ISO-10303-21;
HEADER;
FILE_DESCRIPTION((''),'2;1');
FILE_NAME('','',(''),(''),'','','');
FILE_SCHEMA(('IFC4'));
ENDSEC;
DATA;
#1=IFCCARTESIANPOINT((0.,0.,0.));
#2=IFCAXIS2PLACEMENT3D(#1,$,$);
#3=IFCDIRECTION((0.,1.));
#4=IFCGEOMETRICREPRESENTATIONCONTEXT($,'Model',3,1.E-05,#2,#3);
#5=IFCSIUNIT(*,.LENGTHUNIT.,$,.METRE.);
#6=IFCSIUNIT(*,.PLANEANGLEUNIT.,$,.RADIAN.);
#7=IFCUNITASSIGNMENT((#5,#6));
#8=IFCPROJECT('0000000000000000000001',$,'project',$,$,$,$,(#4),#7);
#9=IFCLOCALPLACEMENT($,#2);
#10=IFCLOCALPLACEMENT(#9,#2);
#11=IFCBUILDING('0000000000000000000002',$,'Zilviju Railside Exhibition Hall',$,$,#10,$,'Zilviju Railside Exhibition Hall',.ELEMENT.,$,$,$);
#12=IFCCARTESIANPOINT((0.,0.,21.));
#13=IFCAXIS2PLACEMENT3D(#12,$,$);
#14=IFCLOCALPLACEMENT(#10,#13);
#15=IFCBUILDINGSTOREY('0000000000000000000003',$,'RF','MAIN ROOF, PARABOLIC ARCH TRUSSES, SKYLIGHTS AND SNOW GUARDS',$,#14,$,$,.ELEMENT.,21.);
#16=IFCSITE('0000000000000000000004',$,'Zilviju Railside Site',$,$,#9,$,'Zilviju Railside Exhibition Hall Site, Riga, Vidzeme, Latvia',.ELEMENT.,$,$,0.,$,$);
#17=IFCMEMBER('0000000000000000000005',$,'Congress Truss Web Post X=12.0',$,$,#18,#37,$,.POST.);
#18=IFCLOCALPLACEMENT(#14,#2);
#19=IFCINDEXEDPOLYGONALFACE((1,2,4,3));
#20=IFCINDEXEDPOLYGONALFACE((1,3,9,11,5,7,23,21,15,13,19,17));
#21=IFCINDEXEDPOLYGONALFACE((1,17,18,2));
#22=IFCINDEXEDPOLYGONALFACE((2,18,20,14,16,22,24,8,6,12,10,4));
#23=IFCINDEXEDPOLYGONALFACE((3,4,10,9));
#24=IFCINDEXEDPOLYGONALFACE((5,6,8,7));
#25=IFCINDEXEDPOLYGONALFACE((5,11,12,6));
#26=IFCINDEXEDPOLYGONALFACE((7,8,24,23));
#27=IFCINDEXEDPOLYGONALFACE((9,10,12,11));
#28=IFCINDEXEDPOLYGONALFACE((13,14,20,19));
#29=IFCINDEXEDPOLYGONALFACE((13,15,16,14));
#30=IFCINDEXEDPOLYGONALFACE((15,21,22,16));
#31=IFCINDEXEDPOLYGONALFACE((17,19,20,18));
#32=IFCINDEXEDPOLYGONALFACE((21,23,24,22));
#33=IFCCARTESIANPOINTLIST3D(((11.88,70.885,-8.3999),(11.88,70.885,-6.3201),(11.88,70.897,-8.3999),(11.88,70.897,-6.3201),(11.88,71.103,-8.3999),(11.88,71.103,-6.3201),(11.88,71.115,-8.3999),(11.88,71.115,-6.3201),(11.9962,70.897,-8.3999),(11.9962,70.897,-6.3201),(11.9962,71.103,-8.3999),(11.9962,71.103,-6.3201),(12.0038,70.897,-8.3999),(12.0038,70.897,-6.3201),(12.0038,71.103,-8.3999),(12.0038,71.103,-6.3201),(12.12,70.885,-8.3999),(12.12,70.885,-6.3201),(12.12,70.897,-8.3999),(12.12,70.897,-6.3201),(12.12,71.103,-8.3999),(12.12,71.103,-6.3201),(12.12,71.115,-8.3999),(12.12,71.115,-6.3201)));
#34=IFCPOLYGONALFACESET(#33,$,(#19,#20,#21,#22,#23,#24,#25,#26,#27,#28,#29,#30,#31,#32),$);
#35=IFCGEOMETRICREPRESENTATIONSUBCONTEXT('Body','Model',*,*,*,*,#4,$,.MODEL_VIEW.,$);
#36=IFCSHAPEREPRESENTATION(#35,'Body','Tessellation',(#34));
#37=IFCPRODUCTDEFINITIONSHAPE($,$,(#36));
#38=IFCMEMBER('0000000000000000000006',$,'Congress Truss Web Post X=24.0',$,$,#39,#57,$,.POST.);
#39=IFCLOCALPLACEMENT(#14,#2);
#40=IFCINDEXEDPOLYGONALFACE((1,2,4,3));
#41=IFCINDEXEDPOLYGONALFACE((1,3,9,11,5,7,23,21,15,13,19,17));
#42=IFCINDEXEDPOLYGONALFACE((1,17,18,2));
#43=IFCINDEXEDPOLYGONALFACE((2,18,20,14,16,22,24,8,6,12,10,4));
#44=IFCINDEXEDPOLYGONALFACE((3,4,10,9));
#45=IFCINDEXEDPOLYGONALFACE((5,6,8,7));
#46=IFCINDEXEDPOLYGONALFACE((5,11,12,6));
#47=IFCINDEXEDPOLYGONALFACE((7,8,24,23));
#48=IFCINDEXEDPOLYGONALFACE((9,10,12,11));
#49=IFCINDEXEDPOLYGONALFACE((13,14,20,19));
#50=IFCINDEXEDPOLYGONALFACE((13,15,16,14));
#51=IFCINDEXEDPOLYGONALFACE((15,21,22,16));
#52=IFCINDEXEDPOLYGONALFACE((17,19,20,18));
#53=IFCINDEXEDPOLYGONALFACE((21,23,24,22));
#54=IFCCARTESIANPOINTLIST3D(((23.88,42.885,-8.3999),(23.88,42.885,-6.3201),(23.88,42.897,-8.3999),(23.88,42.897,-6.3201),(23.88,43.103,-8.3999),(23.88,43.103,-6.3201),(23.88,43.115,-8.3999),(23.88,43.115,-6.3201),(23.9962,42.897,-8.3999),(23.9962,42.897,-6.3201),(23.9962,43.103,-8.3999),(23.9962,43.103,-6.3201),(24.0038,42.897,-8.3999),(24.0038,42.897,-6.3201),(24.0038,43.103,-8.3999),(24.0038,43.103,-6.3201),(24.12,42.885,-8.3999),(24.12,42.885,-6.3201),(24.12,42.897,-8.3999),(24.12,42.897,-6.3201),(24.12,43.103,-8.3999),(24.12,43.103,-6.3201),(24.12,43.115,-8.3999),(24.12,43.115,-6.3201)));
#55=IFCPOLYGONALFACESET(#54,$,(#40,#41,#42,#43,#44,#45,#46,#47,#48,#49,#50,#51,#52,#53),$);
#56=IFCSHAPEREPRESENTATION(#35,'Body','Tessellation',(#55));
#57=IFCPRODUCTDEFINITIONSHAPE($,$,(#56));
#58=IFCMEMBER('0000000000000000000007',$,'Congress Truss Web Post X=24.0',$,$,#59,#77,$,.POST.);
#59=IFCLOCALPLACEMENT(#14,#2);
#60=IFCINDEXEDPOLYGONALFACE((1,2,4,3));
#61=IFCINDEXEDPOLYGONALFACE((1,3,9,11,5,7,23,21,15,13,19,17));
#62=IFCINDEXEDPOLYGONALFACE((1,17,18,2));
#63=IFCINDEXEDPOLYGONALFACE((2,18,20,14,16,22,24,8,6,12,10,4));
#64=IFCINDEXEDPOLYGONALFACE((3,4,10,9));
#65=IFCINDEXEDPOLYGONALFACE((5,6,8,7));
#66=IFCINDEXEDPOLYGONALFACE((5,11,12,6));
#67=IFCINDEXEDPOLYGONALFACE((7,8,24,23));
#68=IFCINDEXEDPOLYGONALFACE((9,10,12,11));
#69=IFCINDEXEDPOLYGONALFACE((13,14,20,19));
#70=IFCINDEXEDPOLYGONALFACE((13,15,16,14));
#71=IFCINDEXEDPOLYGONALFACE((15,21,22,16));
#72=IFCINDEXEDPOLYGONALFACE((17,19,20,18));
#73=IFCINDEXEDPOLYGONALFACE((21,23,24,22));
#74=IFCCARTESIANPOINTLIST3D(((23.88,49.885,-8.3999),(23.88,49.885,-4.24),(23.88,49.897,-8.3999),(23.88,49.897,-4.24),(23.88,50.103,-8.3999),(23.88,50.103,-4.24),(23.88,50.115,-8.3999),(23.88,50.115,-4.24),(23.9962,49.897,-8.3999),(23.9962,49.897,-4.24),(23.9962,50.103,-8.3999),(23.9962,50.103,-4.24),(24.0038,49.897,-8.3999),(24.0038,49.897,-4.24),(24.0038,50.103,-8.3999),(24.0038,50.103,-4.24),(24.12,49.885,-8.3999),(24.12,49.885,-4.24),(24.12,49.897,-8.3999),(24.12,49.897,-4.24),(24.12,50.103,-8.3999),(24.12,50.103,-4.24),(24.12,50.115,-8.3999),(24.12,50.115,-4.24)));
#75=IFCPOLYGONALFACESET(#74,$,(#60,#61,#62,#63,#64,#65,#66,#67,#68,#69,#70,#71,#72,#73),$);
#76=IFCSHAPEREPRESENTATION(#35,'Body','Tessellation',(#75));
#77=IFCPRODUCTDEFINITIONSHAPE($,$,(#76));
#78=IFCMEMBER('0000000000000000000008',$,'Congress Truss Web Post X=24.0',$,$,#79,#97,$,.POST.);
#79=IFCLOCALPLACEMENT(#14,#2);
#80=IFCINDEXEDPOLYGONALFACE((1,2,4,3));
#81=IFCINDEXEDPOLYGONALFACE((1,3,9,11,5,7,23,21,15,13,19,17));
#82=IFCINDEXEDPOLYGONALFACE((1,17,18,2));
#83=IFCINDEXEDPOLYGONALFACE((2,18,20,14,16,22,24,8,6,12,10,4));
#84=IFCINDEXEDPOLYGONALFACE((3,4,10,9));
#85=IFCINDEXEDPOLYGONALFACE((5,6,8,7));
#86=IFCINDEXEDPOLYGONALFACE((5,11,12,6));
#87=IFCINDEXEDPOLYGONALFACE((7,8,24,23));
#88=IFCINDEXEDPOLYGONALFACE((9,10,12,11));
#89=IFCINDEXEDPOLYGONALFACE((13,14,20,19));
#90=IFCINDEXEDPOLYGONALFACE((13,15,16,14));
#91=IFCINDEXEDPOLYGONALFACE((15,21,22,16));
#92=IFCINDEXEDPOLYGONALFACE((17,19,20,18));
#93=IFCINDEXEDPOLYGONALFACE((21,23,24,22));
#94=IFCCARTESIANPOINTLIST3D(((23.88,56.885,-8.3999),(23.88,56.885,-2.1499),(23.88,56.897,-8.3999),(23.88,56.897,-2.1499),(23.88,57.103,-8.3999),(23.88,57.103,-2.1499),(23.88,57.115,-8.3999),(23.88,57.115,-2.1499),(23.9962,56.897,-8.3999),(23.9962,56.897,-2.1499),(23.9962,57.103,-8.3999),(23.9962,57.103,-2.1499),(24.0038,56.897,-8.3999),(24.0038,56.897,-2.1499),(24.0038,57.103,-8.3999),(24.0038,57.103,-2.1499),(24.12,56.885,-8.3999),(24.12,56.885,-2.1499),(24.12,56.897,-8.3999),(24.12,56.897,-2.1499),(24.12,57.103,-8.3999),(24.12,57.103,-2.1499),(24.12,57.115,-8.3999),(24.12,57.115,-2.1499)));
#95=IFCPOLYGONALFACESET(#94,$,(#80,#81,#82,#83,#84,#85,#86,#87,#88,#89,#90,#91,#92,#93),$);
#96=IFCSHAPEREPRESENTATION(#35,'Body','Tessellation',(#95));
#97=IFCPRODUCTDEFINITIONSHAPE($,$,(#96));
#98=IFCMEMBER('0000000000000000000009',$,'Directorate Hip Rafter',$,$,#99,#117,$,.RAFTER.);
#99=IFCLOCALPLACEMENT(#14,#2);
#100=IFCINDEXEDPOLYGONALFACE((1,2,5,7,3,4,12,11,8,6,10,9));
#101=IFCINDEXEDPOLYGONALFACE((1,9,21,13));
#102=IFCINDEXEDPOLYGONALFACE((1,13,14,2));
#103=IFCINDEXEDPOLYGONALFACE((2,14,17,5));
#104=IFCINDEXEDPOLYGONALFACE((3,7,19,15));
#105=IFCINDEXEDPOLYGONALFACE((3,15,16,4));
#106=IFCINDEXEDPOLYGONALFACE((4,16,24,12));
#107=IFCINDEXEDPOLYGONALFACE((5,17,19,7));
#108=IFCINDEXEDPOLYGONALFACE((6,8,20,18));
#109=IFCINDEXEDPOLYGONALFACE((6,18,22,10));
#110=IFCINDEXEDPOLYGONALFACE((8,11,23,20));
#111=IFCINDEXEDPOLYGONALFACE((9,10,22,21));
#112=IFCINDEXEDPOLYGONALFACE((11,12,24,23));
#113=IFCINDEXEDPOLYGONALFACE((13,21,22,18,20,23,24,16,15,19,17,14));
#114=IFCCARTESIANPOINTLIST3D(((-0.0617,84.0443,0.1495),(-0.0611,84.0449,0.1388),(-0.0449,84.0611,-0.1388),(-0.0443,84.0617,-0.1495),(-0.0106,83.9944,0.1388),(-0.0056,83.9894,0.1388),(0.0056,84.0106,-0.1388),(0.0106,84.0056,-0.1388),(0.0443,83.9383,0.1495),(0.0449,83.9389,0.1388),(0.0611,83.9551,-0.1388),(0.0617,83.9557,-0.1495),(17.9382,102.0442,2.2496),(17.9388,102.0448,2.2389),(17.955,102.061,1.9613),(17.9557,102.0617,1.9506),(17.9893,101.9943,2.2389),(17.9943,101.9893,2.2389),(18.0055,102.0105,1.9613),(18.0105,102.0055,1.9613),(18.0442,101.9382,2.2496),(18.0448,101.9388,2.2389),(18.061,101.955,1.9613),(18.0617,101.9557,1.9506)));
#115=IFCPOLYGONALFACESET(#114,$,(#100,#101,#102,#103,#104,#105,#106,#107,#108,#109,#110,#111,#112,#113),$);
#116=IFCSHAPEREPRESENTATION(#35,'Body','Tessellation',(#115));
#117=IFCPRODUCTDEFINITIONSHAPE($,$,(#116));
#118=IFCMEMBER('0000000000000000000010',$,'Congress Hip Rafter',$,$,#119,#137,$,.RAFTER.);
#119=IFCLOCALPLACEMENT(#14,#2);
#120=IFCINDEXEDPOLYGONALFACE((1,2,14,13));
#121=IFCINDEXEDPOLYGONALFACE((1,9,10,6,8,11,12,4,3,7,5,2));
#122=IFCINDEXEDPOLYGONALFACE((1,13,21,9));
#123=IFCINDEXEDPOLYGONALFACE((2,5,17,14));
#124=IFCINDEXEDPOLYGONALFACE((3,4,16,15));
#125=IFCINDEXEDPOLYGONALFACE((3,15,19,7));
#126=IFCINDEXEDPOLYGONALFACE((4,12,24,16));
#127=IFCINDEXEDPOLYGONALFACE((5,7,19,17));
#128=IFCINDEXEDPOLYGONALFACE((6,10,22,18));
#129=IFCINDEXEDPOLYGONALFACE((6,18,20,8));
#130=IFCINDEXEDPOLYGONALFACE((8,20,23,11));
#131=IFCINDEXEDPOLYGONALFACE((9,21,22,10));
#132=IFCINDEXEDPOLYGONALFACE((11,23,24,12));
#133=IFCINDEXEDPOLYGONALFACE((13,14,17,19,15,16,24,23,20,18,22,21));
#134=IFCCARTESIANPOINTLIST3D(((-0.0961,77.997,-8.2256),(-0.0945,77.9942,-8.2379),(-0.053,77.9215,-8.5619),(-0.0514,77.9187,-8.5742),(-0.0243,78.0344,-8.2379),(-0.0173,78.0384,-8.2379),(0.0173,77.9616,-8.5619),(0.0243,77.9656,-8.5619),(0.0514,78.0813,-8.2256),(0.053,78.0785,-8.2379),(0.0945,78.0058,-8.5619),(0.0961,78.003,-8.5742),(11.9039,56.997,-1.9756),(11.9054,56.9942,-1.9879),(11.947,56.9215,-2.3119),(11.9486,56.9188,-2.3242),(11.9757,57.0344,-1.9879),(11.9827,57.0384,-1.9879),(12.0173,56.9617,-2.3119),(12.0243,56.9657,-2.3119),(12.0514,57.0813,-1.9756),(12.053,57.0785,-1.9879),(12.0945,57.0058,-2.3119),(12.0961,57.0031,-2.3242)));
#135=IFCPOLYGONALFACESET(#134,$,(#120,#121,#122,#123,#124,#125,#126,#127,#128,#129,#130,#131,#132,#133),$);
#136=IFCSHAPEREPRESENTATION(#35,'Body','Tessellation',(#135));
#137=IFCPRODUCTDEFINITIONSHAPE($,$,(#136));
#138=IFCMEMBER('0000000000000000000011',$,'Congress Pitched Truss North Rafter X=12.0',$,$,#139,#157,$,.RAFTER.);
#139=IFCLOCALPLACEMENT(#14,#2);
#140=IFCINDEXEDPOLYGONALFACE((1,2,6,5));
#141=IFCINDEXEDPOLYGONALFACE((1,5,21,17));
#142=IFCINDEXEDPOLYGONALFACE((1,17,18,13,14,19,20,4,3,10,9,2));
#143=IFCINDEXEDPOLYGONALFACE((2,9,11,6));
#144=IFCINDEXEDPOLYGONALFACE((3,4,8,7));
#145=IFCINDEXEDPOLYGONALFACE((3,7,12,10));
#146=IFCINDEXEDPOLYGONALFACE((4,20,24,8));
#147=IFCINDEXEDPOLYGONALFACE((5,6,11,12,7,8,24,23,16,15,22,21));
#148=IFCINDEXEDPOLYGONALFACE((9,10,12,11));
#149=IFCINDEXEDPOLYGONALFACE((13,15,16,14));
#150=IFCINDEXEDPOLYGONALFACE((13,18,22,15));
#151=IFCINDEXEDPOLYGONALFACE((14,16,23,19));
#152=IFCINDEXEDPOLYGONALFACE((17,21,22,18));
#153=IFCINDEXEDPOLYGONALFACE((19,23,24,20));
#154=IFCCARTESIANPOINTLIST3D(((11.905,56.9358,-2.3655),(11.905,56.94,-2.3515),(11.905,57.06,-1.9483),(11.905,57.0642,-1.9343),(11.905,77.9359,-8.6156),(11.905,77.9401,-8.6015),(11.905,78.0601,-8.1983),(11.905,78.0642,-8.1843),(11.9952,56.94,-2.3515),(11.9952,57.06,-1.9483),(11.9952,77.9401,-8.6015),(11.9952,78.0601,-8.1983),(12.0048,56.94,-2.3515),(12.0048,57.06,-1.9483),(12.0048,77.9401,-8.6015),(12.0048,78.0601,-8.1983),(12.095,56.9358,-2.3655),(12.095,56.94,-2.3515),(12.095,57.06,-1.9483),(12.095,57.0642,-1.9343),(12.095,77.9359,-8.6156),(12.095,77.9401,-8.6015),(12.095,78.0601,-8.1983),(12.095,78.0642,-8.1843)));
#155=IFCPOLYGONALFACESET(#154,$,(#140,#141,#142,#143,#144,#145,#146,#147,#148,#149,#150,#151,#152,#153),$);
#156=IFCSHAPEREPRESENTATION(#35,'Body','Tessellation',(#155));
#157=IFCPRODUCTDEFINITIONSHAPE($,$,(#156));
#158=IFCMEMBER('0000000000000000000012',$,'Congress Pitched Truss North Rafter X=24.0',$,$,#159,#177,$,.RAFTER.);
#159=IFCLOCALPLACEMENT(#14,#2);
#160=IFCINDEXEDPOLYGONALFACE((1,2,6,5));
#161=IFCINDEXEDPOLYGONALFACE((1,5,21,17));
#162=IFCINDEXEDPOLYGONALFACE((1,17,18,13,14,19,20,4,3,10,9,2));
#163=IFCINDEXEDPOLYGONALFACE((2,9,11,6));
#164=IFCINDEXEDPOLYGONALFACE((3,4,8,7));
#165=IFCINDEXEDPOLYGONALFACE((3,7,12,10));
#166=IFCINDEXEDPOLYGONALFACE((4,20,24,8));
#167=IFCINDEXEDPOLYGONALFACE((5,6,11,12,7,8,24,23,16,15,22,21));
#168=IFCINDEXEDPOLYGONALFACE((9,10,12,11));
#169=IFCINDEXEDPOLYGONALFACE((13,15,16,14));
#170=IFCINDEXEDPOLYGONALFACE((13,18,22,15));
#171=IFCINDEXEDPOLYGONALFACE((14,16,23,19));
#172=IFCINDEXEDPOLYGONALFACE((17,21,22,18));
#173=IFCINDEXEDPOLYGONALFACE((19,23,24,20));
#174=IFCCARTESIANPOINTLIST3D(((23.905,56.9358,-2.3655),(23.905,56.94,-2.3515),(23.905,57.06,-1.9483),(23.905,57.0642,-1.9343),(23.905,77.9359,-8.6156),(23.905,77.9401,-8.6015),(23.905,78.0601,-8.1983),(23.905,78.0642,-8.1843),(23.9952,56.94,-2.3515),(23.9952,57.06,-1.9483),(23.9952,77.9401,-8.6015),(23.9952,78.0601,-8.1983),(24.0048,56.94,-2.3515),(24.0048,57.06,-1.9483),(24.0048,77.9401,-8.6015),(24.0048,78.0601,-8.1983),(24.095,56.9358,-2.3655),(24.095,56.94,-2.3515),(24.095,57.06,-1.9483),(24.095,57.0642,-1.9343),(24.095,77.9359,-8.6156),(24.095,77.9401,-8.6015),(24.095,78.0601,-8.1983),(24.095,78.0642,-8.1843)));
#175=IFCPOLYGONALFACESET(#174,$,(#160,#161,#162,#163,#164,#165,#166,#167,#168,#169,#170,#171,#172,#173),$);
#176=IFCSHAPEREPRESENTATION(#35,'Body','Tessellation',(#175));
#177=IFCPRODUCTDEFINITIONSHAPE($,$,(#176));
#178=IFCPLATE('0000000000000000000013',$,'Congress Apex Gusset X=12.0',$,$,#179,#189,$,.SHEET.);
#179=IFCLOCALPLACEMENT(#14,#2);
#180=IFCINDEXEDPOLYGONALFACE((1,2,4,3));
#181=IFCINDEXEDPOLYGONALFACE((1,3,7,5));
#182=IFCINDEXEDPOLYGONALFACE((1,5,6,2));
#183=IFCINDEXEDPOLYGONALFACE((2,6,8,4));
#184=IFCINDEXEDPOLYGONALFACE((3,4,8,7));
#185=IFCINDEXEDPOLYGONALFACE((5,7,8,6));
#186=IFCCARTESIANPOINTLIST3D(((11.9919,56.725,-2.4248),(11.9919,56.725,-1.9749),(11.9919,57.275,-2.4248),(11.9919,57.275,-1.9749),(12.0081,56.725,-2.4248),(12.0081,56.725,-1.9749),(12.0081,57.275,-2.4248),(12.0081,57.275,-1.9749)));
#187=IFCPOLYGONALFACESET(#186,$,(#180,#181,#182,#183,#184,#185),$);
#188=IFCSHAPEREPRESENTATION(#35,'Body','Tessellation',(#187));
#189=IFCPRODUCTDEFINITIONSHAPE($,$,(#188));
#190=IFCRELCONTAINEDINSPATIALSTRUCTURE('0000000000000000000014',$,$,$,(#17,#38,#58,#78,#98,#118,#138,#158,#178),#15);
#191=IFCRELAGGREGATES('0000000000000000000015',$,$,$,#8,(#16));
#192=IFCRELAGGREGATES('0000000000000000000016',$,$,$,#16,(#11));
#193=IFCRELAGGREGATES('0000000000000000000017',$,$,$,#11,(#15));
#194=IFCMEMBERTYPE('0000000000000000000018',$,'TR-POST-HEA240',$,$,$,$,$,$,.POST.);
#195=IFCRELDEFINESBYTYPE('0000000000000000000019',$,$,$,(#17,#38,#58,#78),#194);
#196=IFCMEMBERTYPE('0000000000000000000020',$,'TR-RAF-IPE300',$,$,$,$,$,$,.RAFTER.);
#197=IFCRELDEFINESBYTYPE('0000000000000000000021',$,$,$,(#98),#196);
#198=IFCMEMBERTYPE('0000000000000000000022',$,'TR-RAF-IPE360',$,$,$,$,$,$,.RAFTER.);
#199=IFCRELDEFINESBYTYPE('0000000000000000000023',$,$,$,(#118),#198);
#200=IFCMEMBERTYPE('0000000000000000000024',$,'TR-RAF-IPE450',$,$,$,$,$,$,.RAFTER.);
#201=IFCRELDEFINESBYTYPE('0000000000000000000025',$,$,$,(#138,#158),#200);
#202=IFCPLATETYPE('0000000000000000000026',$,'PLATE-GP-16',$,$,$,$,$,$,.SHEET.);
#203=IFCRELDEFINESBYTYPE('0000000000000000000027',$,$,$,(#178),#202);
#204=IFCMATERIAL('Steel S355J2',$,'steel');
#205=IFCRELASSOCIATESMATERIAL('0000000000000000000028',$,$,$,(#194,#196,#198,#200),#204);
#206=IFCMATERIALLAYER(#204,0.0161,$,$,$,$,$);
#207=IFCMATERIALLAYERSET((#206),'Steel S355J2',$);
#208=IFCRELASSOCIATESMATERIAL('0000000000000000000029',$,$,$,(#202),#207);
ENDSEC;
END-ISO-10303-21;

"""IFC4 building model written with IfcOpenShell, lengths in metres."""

from ifc_helpers import new_model, si_unit, direction, frame, origin, origin_2d, place, context, subcontext, project, spatial, rectangle, i_section, extrude, material, layer, layer_set, material_profile, profile_set, type_object, element, save


model = new_model("IFC4")

# Units and contexts
model_context = context("Model", 3, precision=1e-05, world=origin(), true_north=direction((0.0, 1.0)))
body_context = subcontext(model_context, "Body", "Model", "MODEL_VIEW")
ifc_project = project(units=[si_unit("LENGTHUNIT", "METRE"), si_unit("PLANEANGLEUNIT", "RADIAN")], contexts=[model_context])

# Site, building, storey
site_placement = place(None, origin())
site = spatial("IfcSite", under=ifc_project, at=site_placement, Name="Zilviju Railside Site", LongName="Zilviju Railside Exhibition Hall Site, Riga, Vidzeme, Latvia", CompositionType="ELEMENT", RefElevation=0.0)
building_placement = place(site_placement, origin())
building = spatial("IfcBuilding", under=site, at=building_placement, Name="Zilviju Railside Exhibition Hall", LongName="Zilviju Railside Exhibition Hall", CompositionType="ELEMENT")
storey_placement = place(building_placement, frame((0.0, 0.0, 21.0)))
storey = spatial("IfcBuildingStorey", under=building, at=storey_placement, Name="RF", Description="MAIN ROOF, PARABOLIC ARCH TRUSSES, SKYLIGHTS AND SNOW GUARDS", CompositionType="ELEMENT", Elevation=21.0)

# Shared definitions
ifc_material_1 = material(Name="Steel S355J2", Category="steel")

# Members
ifc_material_profile_1 = material_profile(ifc_material_1, i_section(OverallWidth=0.24, OverallDepth=0.23, WebThickness=0.0076, FlangeThickness=0.012, at=origin_2d()), Name="HEA 240")
ifc_profile_set_1 = profile_set([ifc_material_profile_1], Name="Steel S355J2")
member_type_1 = type_object("IfcMemberType", Name="TR-POST-HEA240", PredefinedType="POST", material=ifc_profile_set_1)
for number, where, z_axis, x_axis, name in (
    (1, (12.0, 71.0, -8.3999), (0.0, 0.0, 1.0), (1.0, 0.0, 0.0), "Congress Truss Web Post X=12.0"),
    (2, (24.0, 43.0, -8.3999), (0.0, 0.0, 1.0), (1.0, 0.0, 0.0), "Congress Truss Web Post X=24.0"),
):
    element("IfcMember", number, at=place(storey_placement, frame(where, z_axis=z_axis, x_axis=x_axis)), inside=storey, type_object=member_type_1, Name=name, PredefinedType="POST", context=body_context, shape_type="SweptSolid", body=[
        extrude(i_section(OverallWidth=0.24, OverallDepth=0.23, WebThickness=0.0076, FlangeThickness=0.012, at=origin_2d()), origin(), (0.0, 0.0, 1.0), 2.0798),
    ])
member_1_placement = place(storey_placement, frame((24.0, 50.0, -8.3999), z_axis=(0.0, 0.0, 1.0), x_axis=(1.0, 0.0, 0.0)))
element("IfcMember", 3, at=member_1_placement, inside=storey, type_object=member_type_1, Name="Congress Truss Web Post X=24.0", PredefinedType="POST", context=body_context, shape_type="SweptSolid", body=[
    extrude(i_section(OverallWidth=0.24, OverallDepth=0.23, WebThickness=0.0076, FlangeThickness=0.012, at=origin_2d()), origin(), (0.0, 0.0, 1.0), 4.1599),
])
member_2_placement = place(storey_placement, frame((24.0, 57.0, -8.3999), z_axis=(0.0, 0.0, 1.0), x_axis=(1.0, 0.0, 0.0)))
element("IfcMember", 4, at=member_2_placement, inside=storey, type_object=member_type_1, Name="Congress Truss Web Post X=24.0", PredefinedType="POST", context=body_context, shape_type="SweptSolid", body=[
    extrude(i_section(OverallWidth=0.24, OverallDepth=0.23, WebThickness=0.0076, FlangeThickness=0.012, at=origin_2d()), origin(), (0.0, 0.0, 1.0), 6.25),
])
ifc_material_profile_2 = material_profile(ifc_material_1, i_section(OverallWidth=0.1499, OverallDepth=0.3, WebThickness=0.0071, FlangeThickness=0.0107, at=origin_2d()), Name="IPE 300")
ifc_profile_set_2 = profile_set([ifc_material_profile_2], Name="Steel S355J2")
member_type_2 = type_object("IfcMemberType", Name="TR-RAF-IPE300", PredefinedType="RAFTER", material=ifc_profile_set_2)
member_3_placement = place(storey_placement, frame((0.0, 84.0, 0.0), z_axis=(0.704713, 0.704713, 0.08222), x_axis=(-0.707107, 0.707107, 0.0)))
element("IfcMember", 5, at=member_3_placement, inside=storey, type_object=member_type_2, Name="Directorate Hip Rafter", PredefinedType="RAFTER", context=body_context, shape_type="SweptSolid", body=[
    extrude(i_section(OverallWidth=0.1499, OverallDepth=0.3, WebThickness=0.0071, FlangeThickness=0.0107, at=origin_2d()), origin(), (0.0, 0.0, 1.0), 25.5422),
])
ifc_material_profile_3 = material_profile(ifc_material_1, i_section(OverallWidth=0.1699, OverallDepth=0.3601, WebThickness=0.0081, FlangeThickness=0.0127, at=origin_2d()), Name="IPE 360")
ifc_profile_set_3 = profile_set([ifc_material_profile_3], Name="Steel S355J2")
member_type_3 = type_object("IfcMemberType", Name="TR-RAF-IPE360", PredefinedType="RAFTER", material=ifc_profile_set_3)
member_4_placement = place(storey_placement, frame((0.0, 78.0, -8.3999), z_axis=(0.48036, -0.840631, 0.250188), x_axis=(0.868243, 0.496139, 0.0)))
element("IfcMember", 6, at=member_4_placement, inside=storey, type_object=member_type_3, Name="Congress Hip Rafter", PredefinedType="RAFTER", context=body_context, shape_type="SweptSolid", body=[
    extrude(i_section(OverallWidth=0.1699, OverallDepth=0.3601, WebThickness=0.0081, FlangeThickness=0.0127, at=origin_2d()), origin(), (0.0, 0.0, 1.0), 24.9812),
])
ifc_material_profile_4 = material_profile(ifc_material_1, i_section(OverallWidth=0.1899, OverallDepth=0.45, WebThickness=0.0095, FlangeThickness=0.0146, at=origin_2d()), Name="IPE 450")
ifc_profile_set_4 = profile_set([ifc_material_profile_4], Name="Steel S355J2")
member_type_4 = type_object("IfcMemberType", Name="TR-RAF-IPE450", PredefinedType="RAFTER", material=ifc_profile_set_4)
for number, where, z_axis, x_axis, name in (
    (7, (12.0, 57.0, -2.1499), (0.0, 0.958452, -0.285254), (-1.0, 0.0, 0.0), "Congress Pitched Truss North Rafter X=12.0"),
    (8, (24.0, 57.0, -2.1499), (0.0, 0.958452, -0.285254), (-1.0, 0.0, 0.0), "Congress Pitched Truss North Rafter X=24.0"),
):
    element("IfcMember", number, at=place(storey_placement, frame(where, z_axis=z_axis, x_axis=x_axis)), inside=storey, type_object=member_type_4, Name=name, PredefinedType="RAFTER", context=body_context, shape_type="SweptSolid", body=[
        extrude(i_section(OverallWidth=0.1899, OverallDepth=0.45, WebThickness=0.0095, FlangeThickness=0.0146, at=origin_2d()), origin(), (0.0, 0.0, 1.0), 21.9104),
    ])

# Plate
ifc_layer_1 = layer(ifc_material_1, 0.0161)
ifc_layer_set_1 = layer_set([ifc_layer_1], Name="Steel S355J2")
plate_type = type_object("IfcPlateType", Name="PLATE-GP-16", PredefinedType="SHEET", material=ifc_layer_set_1)
for number, where, z_axis, x_axis, name in (
    (9, (12.0, 57.0, -2.4248), (0.0, 0.0, 1.0), (1.0, 0.0, 0.0), "Congress Apex Gusset X=12.0"),
):
    element("IfcPlate", number, at=place(storey_placement, frame(where, z_axis=z_axis, x_axis=x_axis)), inside=storey, type_object=plate_type, Name=name, PredefinedType="SHEET", context=body_context, shape_type="SweptSolid", body=[
        extrude(rectangle(XDim=0.0161, YDim=0.55, at=origin_2d()), origin(), (0.0, 0.0, 1.0), 0.45),
    ])

save(model, "model.ifc")
